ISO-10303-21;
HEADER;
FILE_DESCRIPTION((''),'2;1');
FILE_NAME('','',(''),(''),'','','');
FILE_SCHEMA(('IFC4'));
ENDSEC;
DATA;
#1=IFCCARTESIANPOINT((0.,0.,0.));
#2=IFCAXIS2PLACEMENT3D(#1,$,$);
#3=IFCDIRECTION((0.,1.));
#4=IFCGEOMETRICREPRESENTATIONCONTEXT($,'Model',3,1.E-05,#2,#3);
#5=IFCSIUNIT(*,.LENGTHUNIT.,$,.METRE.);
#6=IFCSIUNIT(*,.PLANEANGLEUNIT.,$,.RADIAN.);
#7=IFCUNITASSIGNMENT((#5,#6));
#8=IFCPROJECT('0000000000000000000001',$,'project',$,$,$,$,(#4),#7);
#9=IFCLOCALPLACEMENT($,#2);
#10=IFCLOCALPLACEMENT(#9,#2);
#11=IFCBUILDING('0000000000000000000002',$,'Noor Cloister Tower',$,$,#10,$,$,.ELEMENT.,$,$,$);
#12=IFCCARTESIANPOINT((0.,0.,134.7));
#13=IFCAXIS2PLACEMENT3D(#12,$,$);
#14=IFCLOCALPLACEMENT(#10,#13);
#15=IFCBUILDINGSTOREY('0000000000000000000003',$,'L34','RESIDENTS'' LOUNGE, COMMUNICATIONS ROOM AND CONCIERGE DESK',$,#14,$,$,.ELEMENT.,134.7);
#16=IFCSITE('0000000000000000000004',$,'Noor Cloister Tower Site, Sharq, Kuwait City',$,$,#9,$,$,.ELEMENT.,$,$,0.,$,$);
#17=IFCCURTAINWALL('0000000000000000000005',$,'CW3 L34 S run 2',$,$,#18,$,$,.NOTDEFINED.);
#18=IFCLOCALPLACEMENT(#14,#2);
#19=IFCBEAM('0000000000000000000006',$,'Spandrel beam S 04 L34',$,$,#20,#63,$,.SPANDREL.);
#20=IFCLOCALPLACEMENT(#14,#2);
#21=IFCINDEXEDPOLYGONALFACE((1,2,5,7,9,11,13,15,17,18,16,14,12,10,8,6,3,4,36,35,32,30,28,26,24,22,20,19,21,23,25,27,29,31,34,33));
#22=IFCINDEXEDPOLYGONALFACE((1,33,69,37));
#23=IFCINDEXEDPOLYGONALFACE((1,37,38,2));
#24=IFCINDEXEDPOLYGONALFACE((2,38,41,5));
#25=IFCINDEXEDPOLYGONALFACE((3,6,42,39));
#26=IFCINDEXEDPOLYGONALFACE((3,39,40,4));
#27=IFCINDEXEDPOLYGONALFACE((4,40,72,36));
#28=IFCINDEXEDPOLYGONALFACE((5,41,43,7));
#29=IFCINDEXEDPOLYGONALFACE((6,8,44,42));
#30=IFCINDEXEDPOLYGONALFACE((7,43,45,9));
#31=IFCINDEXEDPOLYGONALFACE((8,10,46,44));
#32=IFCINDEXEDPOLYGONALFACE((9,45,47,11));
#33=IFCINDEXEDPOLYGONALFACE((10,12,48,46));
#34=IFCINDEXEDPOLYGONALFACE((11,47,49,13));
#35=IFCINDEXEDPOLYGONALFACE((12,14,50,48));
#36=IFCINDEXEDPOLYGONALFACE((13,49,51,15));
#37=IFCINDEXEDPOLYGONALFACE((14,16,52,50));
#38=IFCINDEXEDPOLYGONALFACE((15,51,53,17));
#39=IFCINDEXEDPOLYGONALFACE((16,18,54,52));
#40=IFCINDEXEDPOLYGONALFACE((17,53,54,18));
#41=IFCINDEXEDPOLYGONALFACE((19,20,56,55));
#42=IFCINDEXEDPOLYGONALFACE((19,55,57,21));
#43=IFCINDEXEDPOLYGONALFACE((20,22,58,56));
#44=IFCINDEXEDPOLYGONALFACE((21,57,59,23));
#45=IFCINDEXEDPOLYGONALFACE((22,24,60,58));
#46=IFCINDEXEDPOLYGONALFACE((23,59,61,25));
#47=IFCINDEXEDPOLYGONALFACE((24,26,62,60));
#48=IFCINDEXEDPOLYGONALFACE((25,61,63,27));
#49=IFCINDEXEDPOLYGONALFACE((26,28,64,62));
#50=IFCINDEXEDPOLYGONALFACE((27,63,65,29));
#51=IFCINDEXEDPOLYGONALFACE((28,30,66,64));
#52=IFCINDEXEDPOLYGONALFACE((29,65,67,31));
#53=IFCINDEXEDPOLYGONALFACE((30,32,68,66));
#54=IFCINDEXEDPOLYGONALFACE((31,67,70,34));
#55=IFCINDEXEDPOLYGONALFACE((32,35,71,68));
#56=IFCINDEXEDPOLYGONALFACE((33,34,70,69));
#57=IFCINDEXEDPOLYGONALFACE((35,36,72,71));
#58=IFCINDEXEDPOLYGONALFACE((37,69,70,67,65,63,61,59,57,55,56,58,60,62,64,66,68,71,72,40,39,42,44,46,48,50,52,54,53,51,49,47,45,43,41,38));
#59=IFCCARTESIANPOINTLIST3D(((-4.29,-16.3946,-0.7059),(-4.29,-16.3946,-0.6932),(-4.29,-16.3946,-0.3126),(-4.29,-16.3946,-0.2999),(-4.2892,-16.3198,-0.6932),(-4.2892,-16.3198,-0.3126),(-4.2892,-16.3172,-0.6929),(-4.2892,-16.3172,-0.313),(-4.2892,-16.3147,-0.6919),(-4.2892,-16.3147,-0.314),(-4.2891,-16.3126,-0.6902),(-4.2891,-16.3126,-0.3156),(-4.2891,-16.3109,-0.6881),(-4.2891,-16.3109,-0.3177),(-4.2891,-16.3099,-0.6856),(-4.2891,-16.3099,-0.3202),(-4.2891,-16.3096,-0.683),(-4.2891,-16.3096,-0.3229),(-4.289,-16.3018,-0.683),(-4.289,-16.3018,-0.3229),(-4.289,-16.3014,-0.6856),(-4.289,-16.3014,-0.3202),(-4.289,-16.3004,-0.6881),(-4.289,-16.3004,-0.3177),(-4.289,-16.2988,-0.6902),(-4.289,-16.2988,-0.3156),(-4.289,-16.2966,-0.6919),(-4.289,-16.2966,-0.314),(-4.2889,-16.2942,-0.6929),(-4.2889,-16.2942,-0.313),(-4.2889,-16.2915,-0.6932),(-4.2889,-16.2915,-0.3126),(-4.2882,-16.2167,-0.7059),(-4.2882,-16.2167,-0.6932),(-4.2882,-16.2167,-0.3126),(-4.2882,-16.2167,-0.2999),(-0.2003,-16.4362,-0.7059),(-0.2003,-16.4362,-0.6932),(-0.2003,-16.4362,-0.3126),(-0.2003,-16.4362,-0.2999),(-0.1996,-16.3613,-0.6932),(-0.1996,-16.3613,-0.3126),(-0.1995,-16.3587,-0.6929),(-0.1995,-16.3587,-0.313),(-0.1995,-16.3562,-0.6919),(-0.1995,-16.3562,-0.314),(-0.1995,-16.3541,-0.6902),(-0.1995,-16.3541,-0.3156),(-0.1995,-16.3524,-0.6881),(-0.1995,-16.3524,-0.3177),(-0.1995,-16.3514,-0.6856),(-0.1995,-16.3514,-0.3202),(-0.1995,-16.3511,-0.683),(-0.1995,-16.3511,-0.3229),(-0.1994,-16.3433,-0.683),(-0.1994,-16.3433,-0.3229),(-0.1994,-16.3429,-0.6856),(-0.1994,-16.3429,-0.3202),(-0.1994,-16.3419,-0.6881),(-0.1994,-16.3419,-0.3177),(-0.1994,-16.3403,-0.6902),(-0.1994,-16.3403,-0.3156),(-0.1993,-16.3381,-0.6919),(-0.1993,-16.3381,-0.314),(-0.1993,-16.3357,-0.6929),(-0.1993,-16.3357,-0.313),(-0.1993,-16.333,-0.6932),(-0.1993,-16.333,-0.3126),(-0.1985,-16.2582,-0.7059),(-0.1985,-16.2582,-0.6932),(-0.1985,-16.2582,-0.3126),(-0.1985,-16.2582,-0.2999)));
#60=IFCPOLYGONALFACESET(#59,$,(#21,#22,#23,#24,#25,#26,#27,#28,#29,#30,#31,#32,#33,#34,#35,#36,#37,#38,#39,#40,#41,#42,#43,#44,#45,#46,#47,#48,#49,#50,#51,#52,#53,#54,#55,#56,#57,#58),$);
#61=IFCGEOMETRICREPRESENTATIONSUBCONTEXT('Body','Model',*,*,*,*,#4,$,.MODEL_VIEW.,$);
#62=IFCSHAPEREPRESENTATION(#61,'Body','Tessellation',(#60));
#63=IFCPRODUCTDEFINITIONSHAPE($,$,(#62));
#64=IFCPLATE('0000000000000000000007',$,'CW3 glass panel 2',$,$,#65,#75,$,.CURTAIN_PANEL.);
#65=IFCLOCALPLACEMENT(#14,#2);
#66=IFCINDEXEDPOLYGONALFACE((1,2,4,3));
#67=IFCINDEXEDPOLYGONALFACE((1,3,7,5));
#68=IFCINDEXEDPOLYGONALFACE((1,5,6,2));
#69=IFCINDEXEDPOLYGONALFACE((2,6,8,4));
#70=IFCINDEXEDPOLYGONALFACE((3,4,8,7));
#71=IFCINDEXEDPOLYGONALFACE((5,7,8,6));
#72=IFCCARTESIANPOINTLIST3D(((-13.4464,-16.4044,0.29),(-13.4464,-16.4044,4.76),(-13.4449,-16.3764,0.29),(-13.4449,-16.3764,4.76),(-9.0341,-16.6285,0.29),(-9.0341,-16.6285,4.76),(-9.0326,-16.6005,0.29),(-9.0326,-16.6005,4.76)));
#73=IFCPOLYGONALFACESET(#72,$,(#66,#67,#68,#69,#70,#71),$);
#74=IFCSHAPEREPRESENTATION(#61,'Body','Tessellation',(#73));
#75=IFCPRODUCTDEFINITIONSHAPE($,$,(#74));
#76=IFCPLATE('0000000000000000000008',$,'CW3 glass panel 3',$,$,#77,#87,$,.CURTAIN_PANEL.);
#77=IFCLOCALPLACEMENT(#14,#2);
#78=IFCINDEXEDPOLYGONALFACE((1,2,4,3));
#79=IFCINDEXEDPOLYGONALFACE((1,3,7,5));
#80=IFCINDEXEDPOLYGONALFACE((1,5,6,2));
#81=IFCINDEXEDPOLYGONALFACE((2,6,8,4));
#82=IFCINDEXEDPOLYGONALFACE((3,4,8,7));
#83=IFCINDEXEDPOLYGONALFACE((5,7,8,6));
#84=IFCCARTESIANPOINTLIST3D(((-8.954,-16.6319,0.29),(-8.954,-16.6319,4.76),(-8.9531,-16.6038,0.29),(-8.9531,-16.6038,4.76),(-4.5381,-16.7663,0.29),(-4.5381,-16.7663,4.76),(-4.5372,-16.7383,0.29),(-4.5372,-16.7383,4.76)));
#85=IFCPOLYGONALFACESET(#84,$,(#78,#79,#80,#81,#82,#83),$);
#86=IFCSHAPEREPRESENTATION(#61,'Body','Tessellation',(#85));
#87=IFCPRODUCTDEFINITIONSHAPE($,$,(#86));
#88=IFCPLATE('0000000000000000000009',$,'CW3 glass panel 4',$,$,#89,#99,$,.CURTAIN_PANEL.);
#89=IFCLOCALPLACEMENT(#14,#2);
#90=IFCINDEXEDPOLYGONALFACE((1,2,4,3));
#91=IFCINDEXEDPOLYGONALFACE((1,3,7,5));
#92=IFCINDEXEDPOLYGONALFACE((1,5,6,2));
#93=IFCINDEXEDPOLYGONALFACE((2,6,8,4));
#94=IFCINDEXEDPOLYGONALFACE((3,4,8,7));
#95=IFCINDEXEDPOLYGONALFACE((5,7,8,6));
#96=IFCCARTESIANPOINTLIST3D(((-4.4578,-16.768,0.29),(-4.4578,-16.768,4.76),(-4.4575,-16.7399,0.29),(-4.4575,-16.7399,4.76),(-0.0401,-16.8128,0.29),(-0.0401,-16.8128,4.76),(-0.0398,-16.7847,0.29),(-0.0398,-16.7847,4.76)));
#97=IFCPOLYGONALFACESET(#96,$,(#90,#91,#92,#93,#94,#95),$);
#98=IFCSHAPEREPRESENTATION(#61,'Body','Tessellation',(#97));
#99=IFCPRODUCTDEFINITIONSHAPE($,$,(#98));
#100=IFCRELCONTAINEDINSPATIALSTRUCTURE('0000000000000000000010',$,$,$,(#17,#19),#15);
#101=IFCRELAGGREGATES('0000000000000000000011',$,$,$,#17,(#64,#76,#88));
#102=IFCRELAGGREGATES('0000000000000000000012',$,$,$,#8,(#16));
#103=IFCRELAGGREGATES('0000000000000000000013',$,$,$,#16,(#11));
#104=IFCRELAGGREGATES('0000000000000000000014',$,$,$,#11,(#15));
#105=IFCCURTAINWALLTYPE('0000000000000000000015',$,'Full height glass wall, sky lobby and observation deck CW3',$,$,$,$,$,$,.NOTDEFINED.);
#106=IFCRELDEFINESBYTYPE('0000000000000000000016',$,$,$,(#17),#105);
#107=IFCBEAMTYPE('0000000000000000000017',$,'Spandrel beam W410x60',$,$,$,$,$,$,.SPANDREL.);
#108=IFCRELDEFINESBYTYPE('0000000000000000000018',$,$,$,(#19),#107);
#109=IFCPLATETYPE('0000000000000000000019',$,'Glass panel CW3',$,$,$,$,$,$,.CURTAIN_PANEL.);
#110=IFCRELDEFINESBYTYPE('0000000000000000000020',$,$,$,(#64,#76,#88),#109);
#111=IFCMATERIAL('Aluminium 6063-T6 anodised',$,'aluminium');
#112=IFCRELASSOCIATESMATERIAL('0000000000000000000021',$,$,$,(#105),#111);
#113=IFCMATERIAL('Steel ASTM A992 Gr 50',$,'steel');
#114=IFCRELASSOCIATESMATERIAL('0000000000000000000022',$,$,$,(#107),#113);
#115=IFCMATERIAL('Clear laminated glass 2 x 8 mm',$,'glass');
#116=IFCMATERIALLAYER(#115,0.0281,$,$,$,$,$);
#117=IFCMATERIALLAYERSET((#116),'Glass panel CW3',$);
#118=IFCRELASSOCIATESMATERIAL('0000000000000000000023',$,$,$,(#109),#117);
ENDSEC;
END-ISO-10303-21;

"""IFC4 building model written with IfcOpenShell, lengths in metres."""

from ifc_helpers import new_model, si_unit, direction, frame, origin, origin_2d, place, context, subcontext, project, spatial, rectangle, i_section, extrude, material, layer, layer_set, material_profile, profile_set, type_object, element, aggregate, save


model = new_model("IFC4")

# Units and contexts
model_context = context("Model", 3, precision=1e-05, world=origin(), true_north=direction((0.0, 1.0)))
body_context = subcontext(model_context, "Body", "Model", "MODEL_VIEW")
ifc_project = project(units=[si_unit("LENGTHUNIT", "METRE"), si_unit("PLANEANGLEUNIT", "RADIAN")], contexts=[model_context])

# Site, building, storey
site_placement = place(None, origin())
site = spatial("IfcSite", under=ifc_project, at=site_placement, Name="Noor Cloister Tower Site, Sharq, Kuwait City", CompositionType="ELEMENT", RefElevation=0.0)
building_placement = place(site_placement, origin())
building = spatial("IfcBuilding", under=site, at=building_placement, Name="Noor Cloister Tower", CompositionType="ELEMENT")
storey_placement = place(building_placement, frame((0.0, 0.0, 134.7)))
storey = spatial("IfcBuildingStorey", under=building, at=storey_placement, Name="L34", Description="RESIDENTS' LOUNGE, COMMUNICATIONS ROOM AND CONCIERGE DESK", CompositionType="ELEMENT", Elevation=134.7)

# Curtain wall
ifc_material_1 = material(Name="Aluminium 6063-T6 anodised", Category="aluminium")
curtain_wall_type = type_object("IfcCurtainWallType", Name="Full height glass wall, sky lobby and observation deck CW3", PredefinedType="NOTDEFINED", material=ifc_material_1)
curtain_wall_placement = place(storey_placement, origin())
curtain_wall = element("IfcCurtainWall", 1, at=curtain_wall_placement, inside=storey, type_object=curtain_wall_type, Name="CW3 L34 S run 2", PredefinedType="NOTDEFINED")

# Beam
ifc_material_2 = material(Name="Steel ASTM A992 Gr 50", Category="steel")
ifc_material_profile_1 = material_profile(ifc_material_2, i_section(OverallWidth=0.178, OverallDepth=0.406, WebThickness=0.0078, FlangeThickness=0.0127, FilletRadius=0.0103, at=origin_2d()), Name="W410x60")
ifc_profile_set_1 = profile_set([ifc_material_profile_1], Name="Steel ASTM A992 Gr 50")
beam_type_1 = type_object("IfcBeamType", Name="Spandrel beam W410x60", PredefinedType="SPANDREL", material=ifc_profile_set_1)
for number, where, z_axis, x_axis, name in (
    (2, (-4.2891, -16.3057, -0.5029), (0.999949, -0.010148, 0.0), (0.010148, 0.999949, 0.0), "Spandrel beam S 04 L34"),
):
    element("IfcBeam", number, at=place(storey_placement, frame(where, z_axis=z_axis, x_axis=x_axis)), inside=storey, type_object=beam_type_1, Name=name, PredefinedType="SPANDREL", context=body_context, shape_type="SweptSolid", body=[
        extrude(i_section(OverallWidth=0.178, OverallDepth=0.406, WebThickness=0.0078, FlangeThickness=0.0127, FilletRadius=0.0103, at=origin_2d()), origin(), (0.0, 0.0, 1.0), 4.0898),
    ])

# Plates
ifc_material_3 = material(Name="Clear laminated glass 2 x 8 mm", Category="glass")
ifc_layer_1 = layer(ifc_material_3, 0.0281)
ifc_layer_set_1 = layer_set([ifc_layer_1], Name="Glass panel CW3")
plate_type = type_object("IfcPlateType", Name="Glass panel CW3", PredefinedType="CURTAIN_PANEL", material=ifc_layer_set_1)
plate_1_placement = place(storey_placement, frame((-11.2395, -16.5024, 0.29), z_axis=(0.0, 0.0, 1.0), x_axis=(0.998713, -0.050715, 0.0)))
plate_1 = element("IfcPlate", 3, at=plate_1_placement, type_object=plate_type, Name="CW3 glass panel 2", PredefinedType="CURTAIN_PANEL", context=body_context, shape_type="SweptSolid", body=[
    extrude(rectangle(XDim=4.418, YDim=0.0281, at=origin_2d()), origin(), (0.0, 0.0, 1.0), 4.47),
])
plate_2_placement = place(storey_placement, frame((-6.7456, -16.6851, 0.29), z_axis=(0.0, 0.0, 1.0), x_axis=(0.999537, -0.030438, 0.0)))
plate_2 = element("IfcPlate", 4, at=plate_2_placement, type_object=plate_type, Name="CW3 glass panel 3", PredefinedType="CURTAIN_PANEL", context=body_context, shape_type="SweptSolid", body=[
    extrude(rectangle(XDim=4.418, YDim=0.0281, at=origin_2d()), origin(), (0.0, 0.0, 1.0), 4.47),
])
plate_3_placement = place(storey_placement, frame((-2.2488, -16.7764, 0.29), z_axis=(0.0, 0.0, 1.0), x_axis=(0.999949, -0.010147, 0.0)))
plate_3 = element("IfcPlate", 5, at=plate_3_placement, type_object=plate_type, Name="CW3 glass panel 4", PredefinedType="CURTAIN_PANEL", context=body_context, shape_type="SweptSolid", body=[
    extrude(rectangle(XDim=4.418, YDim=0.0281, at=origin_2d()), origin(), (0.0, 0.0, 1.0), 4.47),
])
aggregate(curtain_wall, [plate_1, plate_2, plate_3])

save(model, "model.ifc")
